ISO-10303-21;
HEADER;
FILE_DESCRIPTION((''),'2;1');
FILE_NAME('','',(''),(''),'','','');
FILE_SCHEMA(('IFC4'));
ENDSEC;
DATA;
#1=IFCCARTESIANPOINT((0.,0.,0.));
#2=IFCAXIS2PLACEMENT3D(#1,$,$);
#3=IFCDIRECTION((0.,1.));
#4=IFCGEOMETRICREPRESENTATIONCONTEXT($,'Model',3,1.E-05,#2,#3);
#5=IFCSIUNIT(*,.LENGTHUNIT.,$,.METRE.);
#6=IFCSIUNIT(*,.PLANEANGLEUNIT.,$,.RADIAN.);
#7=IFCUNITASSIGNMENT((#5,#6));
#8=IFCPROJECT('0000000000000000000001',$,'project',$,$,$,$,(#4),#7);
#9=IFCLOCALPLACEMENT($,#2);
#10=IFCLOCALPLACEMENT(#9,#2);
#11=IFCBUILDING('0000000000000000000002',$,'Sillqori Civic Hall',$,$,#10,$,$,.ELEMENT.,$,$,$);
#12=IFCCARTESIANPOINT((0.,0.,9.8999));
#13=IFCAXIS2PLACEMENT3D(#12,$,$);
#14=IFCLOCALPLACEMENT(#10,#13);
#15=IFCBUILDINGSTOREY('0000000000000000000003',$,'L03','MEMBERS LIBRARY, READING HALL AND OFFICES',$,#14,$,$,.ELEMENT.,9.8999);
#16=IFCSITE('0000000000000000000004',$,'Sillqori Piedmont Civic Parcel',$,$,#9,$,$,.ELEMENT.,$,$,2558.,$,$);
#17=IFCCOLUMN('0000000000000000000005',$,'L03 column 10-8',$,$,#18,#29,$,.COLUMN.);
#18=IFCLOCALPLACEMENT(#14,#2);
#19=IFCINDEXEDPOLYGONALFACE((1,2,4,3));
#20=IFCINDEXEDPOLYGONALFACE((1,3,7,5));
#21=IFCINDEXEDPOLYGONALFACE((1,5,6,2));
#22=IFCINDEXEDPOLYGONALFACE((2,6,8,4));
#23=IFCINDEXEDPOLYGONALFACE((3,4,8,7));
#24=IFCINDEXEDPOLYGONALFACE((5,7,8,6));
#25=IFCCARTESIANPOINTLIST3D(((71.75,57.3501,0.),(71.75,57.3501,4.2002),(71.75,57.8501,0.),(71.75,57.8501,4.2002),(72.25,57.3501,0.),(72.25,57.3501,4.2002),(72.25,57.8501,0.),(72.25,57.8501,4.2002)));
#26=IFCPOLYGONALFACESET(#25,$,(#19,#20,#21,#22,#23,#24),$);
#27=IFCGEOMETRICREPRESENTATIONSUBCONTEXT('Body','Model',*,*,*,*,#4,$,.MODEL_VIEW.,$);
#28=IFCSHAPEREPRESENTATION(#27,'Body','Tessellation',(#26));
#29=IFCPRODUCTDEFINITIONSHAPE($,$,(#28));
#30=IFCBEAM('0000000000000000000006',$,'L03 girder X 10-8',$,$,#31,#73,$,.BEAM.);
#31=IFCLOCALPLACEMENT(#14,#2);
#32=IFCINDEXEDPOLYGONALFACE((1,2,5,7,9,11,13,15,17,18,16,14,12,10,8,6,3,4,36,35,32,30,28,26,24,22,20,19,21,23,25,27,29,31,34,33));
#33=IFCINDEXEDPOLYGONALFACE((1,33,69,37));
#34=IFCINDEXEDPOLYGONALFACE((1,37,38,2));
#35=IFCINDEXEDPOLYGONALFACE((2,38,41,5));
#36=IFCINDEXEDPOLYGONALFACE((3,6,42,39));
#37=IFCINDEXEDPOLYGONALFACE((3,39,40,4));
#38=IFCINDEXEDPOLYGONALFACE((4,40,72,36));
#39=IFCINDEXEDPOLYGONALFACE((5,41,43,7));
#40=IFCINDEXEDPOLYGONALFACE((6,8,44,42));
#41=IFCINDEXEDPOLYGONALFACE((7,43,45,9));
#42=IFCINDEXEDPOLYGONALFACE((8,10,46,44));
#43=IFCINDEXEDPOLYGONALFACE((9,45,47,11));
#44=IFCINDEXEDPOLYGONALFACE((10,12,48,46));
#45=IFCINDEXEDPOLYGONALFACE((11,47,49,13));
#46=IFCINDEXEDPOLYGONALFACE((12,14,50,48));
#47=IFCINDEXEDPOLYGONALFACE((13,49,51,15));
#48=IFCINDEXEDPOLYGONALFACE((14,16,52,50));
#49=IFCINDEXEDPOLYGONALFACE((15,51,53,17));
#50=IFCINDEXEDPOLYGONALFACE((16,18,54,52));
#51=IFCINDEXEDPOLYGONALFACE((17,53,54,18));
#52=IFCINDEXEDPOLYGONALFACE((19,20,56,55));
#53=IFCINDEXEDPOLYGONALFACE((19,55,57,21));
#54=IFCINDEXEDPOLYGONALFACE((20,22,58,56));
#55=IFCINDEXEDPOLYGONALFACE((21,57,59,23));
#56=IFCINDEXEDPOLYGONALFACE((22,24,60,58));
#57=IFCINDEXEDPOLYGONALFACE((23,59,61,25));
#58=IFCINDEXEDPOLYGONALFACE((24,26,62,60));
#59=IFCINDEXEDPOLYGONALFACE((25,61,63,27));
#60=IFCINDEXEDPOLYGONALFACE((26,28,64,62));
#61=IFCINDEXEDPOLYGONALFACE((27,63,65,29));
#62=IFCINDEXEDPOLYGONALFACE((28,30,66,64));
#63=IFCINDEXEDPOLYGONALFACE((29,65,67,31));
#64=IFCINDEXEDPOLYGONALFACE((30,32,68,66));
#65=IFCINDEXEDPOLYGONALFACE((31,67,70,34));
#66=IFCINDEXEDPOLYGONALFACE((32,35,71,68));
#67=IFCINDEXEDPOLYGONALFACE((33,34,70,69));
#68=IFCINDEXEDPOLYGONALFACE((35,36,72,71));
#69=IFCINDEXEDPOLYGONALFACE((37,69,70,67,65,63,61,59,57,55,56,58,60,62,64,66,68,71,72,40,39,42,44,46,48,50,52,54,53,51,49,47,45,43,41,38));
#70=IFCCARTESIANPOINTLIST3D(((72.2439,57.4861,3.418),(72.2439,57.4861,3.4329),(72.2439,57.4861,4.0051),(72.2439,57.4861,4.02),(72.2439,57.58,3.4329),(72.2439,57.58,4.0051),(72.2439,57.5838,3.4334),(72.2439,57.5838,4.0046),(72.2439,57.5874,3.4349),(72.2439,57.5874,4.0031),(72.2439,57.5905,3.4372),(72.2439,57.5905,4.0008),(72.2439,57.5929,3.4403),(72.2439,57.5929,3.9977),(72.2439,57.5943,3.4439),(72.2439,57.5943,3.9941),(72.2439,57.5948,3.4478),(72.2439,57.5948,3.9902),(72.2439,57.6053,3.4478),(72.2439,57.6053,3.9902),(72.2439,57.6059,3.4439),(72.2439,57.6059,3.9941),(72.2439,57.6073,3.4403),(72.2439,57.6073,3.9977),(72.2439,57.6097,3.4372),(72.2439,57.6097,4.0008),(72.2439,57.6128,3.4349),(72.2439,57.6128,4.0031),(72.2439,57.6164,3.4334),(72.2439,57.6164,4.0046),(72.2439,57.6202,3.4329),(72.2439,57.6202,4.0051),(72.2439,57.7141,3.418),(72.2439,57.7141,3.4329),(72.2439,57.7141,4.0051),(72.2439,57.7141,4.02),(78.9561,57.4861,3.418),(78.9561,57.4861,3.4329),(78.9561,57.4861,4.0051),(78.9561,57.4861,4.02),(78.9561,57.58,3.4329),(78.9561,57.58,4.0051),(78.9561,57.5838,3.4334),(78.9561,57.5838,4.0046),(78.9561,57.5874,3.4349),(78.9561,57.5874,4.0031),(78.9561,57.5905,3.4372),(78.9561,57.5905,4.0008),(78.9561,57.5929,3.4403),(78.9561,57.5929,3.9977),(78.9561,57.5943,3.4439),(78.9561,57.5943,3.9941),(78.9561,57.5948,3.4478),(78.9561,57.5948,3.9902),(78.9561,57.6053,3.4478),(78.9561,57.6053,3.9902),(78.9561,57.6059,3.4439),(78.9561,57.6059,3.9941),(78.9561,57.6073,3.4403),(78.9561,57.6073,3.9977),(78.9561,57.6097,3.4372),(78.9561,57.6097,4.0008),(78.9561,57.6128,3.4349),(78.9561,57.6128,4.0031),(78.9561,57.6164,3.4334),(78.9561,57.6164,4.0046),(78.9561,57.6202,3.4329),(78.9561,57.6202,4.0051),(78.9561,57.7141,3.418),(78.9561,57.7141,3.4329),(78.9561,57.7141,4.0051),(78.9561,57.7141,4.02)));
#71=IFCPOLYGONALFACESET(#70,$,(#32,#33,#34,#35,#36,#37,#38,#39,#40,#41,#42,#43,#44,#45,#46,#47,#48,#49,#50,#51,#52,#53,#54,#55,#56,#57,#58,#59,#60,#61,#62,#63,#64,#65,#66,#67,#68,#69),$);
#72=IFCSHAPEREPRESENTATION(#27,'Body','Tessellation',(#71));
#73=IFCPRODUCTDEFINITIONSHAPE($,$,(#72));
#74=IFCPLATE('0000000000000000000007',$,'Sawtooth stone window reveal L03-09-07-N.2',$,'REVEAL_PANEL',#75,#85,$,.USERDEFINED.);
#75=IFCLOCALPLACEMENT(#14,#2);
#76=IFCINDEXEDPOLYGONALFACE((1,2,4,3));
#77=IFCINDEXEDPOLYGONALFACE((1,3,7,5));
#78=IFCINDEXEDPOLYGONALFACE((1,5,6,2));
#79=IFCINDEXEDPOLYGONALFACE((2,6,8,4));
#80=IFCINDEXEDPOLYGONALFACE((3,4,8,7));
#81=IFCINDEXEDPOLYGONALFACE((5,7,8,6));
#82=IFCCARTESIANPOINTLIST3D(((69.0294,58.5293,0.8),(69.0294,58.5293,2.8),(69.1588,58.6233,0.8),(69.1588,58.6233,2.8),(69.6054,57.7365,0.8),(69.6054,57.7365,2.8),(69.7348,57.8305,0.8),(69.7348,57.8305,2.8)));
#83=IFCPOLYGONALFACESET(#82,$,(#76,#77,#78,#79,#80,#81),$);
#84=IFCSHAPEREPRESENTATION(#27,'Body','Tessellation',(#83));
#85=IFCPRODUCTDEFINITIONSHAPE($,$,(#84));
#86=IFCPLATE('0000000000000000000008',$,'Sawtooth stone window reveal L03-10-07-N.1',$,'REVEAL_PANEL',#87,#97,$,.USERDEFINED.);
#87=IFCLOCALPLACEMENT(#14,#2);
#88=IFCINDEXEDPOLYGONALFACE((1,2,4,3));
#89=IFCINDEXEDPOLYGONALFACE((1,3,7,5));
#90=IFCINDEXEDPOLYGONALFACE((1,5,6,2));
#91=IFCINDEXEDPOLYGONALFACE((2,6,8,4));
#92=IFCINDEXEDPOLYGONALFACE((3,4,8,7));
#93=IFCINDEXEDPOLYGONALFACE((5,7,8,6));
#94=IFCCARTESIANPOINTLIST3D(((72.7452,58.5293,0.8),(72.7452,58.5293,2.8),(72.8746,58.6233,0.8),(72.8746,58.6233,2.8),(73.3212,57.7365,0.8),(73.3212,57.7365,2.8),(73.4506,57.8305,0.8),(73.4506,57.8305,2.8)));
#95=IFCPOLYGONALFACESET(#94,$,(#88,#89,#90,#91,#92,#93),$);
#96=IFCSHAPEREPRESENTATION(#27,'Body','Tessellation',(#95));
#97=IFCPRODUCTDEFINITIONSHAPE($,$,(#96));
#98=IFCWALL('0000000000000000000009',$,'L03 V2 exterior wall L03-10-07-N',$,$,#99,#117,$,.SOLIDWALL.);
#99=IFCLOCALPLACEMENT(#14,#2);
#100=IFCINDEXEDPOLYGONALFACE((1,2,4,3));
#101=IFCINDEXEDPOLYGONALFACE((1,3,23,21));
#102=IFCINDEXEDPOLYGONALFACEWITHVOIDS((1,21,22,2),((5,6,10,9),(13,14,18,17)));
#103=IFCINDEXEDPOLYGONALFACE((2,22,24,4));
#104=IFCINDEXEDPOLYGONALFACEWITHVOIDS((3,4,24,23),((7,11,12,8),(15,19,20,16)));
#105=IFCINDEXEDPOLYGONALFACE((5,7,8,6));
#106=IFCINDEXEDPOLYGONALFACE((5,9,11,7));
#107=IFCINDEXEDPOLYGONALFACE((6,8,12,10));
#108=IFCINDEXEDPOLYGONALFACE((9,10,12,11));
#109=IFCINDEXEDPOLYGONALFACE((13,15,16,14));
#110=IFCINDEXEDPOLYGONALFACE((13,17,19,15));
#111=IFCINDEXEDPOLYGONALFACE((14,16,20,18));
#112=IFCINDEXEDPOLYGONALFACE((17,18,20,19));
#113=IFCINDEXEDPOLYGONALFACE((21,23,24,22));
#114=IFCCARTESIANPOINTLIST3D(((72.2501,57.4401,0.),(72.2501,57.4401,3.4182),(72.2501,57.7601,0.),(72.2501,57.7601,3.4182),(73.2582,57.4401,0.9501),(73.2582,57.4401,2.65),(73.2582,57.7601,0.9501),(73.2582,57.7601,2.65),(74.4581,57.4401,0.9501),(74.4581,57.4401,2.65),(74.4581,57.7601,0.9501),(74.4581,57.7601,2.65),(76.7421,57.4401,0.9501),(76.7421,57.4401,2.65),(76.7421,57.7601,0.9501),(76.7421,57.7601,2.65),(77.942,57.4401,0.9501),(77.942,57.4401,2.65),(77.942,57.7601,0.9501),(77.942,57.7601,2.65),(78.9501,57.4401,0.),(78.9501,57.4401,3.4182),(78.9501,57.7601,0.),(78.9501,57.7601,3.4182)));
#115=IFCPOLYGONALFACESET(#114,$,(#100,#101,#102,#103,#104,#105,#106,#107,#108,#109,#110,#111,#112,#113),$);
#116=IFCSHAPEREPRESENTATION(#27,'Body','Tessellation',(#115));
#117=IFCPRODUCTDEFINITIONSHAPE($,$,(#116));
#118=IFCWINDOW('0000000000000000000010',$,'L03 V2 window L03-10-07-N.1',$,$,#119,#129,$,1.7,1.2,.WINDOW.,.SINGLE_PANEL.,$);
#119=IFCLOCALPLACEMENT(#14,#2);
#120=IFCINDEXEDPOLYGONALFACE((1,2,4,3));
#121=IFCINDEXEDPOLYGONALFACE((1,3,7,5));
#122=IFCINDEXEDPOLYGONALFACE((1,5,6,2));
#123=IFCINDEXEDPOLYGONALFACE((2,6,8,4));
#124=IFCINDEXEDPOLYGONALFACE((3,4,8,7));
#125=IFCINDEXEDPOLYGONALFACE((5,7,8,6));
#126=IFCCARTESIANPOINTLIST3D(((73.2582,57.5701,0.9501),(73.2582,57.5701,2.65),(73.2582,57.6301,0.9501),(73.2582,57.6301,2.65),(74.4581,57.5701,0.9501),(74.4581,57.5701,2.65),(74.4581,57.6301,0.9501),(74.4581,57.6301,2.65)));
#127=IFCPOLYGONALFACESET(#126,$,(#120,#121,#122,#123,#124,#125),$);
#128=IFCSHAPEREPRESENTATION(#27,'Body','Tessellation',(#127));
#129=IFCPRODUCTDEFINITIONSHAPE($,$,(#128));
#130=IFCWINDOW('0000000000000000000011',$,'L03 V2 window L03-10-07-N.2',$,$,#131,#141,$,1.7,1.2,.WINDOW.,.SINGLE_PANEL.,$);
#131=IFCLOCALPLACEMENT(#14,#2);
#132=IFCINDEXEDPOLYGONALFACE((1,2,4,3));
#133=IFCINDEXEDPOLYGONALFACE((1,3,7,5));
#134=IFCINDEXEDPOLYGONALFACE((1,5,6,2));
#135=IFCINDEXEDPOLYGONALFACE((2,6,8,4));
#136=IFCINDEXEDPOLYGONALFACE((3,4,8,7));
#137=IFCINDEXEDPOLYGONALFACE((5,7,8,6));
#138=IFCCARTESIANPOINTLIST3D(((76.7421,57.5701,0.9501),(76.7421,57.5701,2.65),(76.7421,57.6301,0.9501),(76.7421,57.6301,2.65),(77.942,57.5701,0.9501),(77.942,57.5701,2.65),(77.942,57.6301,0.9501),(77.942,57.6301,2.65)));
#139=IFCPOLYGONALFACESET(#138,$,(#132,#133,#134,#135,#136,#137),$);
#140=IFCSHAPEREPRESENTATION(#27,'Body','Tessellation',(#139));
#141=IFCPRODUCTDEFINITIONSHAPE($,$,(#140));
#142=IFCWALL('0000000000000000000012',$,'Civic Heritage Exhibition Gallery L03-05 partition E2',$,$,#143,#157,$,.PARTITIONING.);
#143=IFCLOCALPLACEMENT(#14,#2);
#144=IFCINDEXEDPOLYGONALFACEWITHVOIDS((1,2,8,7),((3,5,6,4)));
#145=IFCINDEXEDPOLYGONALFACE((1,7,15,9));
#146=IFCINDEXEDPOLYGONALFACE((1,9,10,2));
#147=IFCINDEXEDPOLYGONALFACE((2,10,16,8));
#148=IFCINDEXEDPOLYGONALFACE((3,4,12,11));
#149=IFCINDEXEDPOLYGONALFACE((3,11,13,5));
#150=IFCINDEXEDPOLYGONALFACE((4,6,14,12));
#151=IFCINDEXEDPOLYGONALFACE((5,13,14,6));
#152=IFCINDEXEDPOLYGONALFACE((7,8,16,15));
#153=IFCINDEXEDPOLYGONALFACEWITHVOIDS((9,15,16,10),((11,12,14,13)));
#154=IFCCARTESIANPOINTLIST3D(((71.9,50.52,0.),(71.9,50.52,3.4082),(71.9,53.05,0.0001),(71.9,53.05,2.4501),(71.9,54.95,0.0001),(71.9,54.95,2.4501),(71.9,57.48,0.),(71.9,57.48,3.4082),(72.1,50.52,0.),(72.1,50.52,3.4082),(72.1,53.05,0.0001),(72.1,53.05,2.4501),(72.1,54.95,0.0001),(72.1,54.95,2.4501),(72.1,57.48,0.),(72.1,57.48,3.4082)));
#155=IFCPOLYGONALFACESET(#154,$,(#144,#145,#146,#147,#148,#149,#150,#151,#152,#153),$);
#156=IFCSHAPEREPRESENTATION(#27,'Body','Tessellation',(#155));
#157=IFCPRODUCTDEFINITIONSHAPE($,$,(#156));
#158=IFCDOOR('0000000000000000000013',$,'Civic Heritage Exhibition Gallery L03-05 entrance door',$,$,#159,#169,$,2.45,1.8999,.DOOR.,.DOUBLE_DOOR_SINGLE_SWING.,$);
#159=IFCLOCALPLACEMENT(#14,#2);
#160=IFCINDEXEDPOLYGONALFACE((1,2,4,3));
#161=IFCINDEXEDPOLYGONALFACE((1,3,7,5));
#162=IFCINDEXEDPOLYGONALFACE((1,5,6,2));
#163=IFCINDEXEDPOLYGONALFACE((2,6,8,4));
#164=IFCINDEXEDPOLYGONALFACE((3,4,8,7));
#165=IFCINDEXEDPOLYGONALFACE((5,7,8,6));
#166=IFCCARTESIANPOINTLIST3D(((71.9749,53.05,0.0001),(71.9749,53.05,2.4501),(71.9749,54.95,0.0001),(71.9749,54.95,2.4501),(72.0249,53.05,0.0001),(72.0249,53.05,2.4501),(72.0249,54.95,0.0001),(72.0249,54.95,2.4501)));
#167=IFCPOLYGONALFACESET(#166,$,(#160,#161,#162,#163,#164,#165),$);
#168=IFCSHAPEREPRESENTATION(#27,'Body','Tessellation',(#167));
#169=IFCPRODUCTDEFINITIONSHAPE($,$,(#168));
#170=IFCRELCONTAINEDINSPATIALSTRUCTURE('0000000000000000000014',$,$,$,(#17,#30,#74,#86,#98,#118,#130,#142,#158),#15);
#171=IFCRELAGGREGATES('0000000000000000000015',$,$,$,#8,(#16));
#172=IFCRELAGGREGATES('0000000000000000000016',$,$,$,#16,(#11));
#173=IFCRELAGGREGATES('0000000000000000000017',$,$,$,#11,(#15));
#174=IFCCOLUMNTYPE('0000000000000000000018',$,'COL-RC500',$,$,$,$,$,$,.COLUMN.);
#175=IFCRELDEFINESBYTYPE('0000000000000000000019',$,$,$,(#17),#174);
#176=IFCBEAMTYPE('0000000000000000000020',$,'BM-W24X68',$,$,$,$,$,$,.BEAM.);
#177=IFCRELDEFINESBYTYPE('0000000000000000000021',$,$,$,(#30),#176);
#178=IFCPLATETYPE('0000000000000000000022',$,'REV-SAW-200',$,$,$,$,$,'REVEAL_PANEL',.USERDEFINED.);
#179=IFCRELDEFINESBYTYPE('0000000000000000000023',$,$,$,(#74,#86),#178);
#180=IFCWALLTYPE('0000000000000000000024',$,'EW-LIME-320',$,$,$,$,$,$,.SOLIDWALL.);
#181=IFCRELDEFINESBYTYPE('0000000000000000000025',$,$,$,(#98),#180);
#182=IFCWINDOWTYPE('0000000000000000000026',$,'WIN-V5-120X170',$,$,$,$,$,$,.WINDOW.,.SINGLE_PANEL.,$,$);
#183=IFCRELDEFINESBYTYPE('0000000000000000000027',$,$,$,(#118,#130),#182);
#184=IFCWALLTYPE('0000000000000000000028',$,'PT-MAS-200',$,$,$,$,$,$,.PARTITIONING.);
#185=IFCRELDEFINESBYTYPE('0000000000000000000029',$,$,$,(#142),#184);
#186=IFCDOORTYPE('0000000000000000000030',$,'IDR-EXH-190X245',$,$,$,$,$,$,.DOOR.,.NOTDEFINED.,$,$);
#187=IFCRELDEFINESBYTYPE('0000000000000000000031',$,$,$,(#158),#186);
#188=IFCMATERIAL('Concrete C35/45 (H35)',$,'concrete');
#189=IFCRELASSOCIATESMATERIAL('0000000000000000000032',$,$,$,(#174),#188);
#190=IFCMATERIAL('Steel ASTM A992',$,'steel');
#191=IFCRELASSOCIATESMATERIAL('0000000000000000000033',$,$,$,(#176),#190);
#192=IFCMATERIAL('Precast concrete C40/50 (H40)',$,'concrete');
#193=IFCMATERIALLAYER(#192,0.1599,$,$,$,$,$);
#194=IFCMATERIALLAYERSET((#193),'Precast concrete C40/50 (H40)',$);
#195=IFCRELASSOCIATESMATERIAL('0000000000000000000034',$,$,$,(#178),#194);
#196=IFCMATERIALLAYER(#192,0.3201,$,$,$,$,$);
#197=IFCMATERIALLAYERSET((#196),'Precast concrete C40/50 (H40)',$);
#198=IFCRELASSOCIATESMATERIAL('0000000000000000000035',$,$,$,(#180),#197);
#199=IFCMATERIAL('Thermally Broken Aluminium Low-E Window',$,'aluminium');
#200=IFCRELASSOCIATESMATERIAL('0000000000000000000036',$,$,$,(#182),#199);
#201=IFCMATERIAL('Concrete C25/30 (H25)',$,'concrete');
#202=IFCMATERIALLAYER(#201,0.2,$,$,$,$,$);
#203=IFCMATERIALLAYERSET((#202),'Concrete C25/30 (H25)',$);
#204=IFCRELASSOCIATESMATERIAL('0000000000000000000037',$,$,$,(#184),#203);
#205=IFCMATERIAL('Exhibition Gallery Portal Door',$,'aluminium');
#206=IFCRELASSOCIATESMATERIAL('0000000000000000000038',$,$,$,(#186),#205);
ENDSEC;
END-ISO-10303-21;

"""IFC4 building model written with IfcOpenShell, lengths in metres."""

from ifc_helpers import new_model, si_unit, direction, frame, frame_2d, origin, origin_2d, place, context, subcontext, project, spatial, rectangle, i_section, extrude, material, layer, layer_set, material_profile, profile_set, type_object, element, fill, save


model = new_model("IFC4")

# Units and contexts
model_context = context("Model", 3, precision=1e-05, world=origin(), true_north=direction((0.0, 1.0)))
body_context = subcontext(model_context, "Body", "Model", "MODEL_VIEW")
ifc_project = project(units=[si_unit("LENGTHUNIT", "METRE"), si_unit("PLANEANGLEUNIT", "RADIAN")], contexts=[model_context])

# Site, building, storey
site_placement = place(None, origin())
site = spatial("IfcSite", under=ifc_project, at=site_placement, Name="Sillqori Piedmont Civic Parcel", CompositionType="ELEMENT", RefElevation=2558.0)
building_placement = place(site_placement, origin())
building = spatial("IfcBuilding", under=site, at=building_placement, Name="Sillqori Civic Hall", CompositionType="ELEMENT")
storey_placement = place(building_placement, frame((0.0, 0.0, 9.8999)))
storey = spatial("IfcBuildingStorey", under=building, at=storey_placement, Name="L03", Description="MEMBERS LIBRARY, READING HALL AND OFFICES", CompositionType="ELEMENT", Elevation=9.8999)

# Column
ifc_material_1 = material(Name="Concrete C35/45 (H35)", Category="concrete")
ifc_material_profile_1 = material_profile(ifc_material_1, rectangle(XDim=0.5, YDim=0.5, at=origin_2d()), Name="RC 500x500")
ifc_profile_set_1 = profile_set([ifc_material_profile_1], Name="Concrete C35/45 (H35)")
column_type = type_object("IfcColumnType", Name="COL-RC500", PredefinedType="COLUMN", material=ifc_profile_set_1)
column_placement = place(storey_placement, frame((72.0, 57.6001, 0.0), z_axis=(0.0, 0.0, 1.0), x_axis=(1.0, 0.0, 0.0)))
element("IfcColumn", 1, at=column_placement, inside=storey, type_object=column_type, Name="L03 column 10-8", PredefinedType="COLUMN", context=body_context, shape_type="SweptSolid", body=[
    extrude(rectangle(XDim=0.5, YDim=0.5, at=origin_2d()), origin(), (0.0, 0.0, 1.0), 4.2002),
])

# Beam
ifc_material_2 = material(Name="Steel ASTM A992", Category="steel")
ifc_material_profile_2 = material_profile(ifc_material_2, i_section(OverallWidth=0.228, OverallDepth=0.6021, WebThickness=0.0105, FlangeThickness=0.0149, FilletRadius=0.0149, at=origin_2d()), Name="W24X68")
ifc_profile_set_2 = profile_set([ifc_material_profile_2], Name="Steel ASTM A992")
beam_type = type_object("IfcBeamType", Name="BM-W24X68", PredefinedType="BEAM", material=ifc_profile_set_2)
beam_placement = place(storey_placement, frame((72.2439, 57.6001, 3.719), z_axis=(1.0, 0.0, 0.0), x_axis=(0.0, 1.0, 0.0)))
element("IfcBeam", 2, at=beam_placement, inside=storey, type_object=beam_type, Name="L03 girder X 10-8", PredefinedType="BEAM", context=body_context, shape_type="SweptSolid", body=[
    extrude(i_section(OverallWidth=0.228, OverallDepth=0.6021, WebThickness=0.0105, FlangeThickness=0.0149, FilletRadius=0.0149, at=origin_2d()), origin(), (0.0, 0.0, 1.0), 6.7122),
])

# Plates
ifc_material_3 = material(Name="Precast concrete C40/50 (H40)", Category="concrete")
ifc_layer_1 = layer(ifc_material_3, 0.1599)
ifc_layer_set_1 = layer_set([ifc_layer_1], Name="Precast concrete C40/50 (H40)")
plate_type = type_object("IfcPlateType", Name="REV-SAW-200", ElementType="REVEAL_PANEL", PredefinedType="USERDEFINED", material=ifc_layer_set_1)
for number, where, z_axis, x_axis, name in (
    (3, (69.3821, 58.1799, 0.8), (0.0, 0.0, 1.0), (0.809017, 0.587785, 0.0), "Sawtooth stone window reveal L03-09-07-N.2"),
    (4, (73.0979, 58.1799, 0.8), (0.0, 0.0, 1.0), (0.809017, 0.587785, 0.0), "Sawtooth stone window reveal L03-10-07-N.1"),
):
    element("IfcPlate", number, at=place(storey_placement, frame(where, z_axis=z_axis, x_axis=x_axis)), inside=storey, type_object=plate_type, Name=name, ObjectType="REVEAL_PANEL", PredefinedType="USERDEFINED", context=body_context, shape_type="SweptSolid", body=[
        extrude(rectangle(XDim=0.1599, YDim=0.98, at=origin_2d()), origin(), (0.0, 0.0, 1.0), 2.0),
    ])

# Wall, openings, windows
ifc_layer_2 = layer(ifc_material_3, 0.3201)
ifc_layer_set_2 = layer_set([ifc_layer_2], Name="Precast concrete C40/50 (H40)")
wall_type_1 = type_object("IfcWallType", Name="EW-LIME-320", PredefinedType="SOLIDWALL", material=ifc_layer_set_2)
wall_1_placement = place(storey_placement, frame((72.25, 57.6001, 0.0), z_axis=(0.0, 0.0, 1.0), x_axis=(1.0, 0.0, 0.0)))
wall_1 = element("IfcWall", 5, at=wall_1_placement, inside=storey, type_object=wall_type_1, Name="L03 V2 exterior wall L03-10-07-N", PredefinedType="SOLIDWALL", context=body_context, shape_type="SweptSolid", body=[
    extrude(rectangle(XDim=6.7, YDim=0.3201, at=frame_2d((3.3501, 0.0))), origin(), (0.0, 0.0, 1.0), 3.4182),
])
opening_1_placement = place(wall_1_placement, frame((1.0081, 0.0, 0.95)))
opening_1 = element("IfcOpeningElement", 6, at=opening_1_placement, cuts=wall_1, PredefinedType="OPENING", context=body_context, shape_type="SweptSolid", body=[
    extrude(rectangle(XDim=1.2, YDim=1.7, at=frame_2d((0.6001, 0.8501))), frame((0.0, 0.1699, 0.0), z_axis=(0.0, -1.0, 0.0), x_axis=(1.0, 0.0, 0.0)), (0.0, 0.0, 1.0), 0.3401),
])
opening_2_placement = place(wall_1_placement, frame((4.4919, 0.0, 0.95)))
opening_2 = element("IfcOpeningElement", 7, at=opening_2_placement, cuts=wall_1, PredefinedType="OPENING", context=body_context, shape_type="SweptSolid", body=[
    extrude(rectangle(XDim=1.2, YDim=1.7, at=frame_2d((0.6001, 0.8501))), frame((0.0, 0.1699, 0.0), z_axis=(0.0, -1.0, 0.0), x_axis=(1.0, 0.0, 0.0)), (0.0, 0.0, 1.0), 0.3401),
])
ifc_material_4 = material(Name="Thermally Broken Aluminium Low-E Window", Category="aluminium")
window_type = type_object("IfcWindowType", Name="WIN-V5-120X170", PartitioningType="SINGLE_PANEL", PredefinedType="WINDOW", material=ifc_material_4)
window_1_placement = place(opening_1_placement, origin())
window_1 = element("IfcWindow", 8, at=window_1_placement, inside=storey, type_object=window_type, Name="L03 V2 window L03-10-07-N.1", OverallHeight=1.7, OverallWidth=1.2, PartitioningType="SINGLE_PANEL", PredefinedType="WINDOW", context=body_context, shape_type="SweptSolid", body=[
    extrude(rectangle(XDim=1.2, YDim=1.7, at=frame_2d((0.6001, 0.8501))), frame((0.0, 0.03, 0.0), z_axis=(0.0, -1.0, 0.0), x_axis=(1.0, 0.0, 0.0)), (0.0, 0.0, 1.0), 0.0601),
])
fill(opening_1, window_1)
window_2_placement = place(opening_2_placement, origin())
window_2 = element("IfcWindow", 9, at=window_2_placement, inside=storey, type_object=window_type, Name="L03 V2 window L03-10-07-N.2", OverallHeight=1.7, OverallWidth=1.2, PartitioningType="SINGLE_PANEL", PredefinedType="WINDOW", context=body_context, shape_type="SweptSolid", body=[
    extrude(rectangle(XDim=1.2, YDim=1.7, at=frame_2d((0.6001, 0.8501))), frame((0.0, 0.03, 0.0), z_axis=(0.0, -1.0, 0.0), x_axis=(1.0, 0.0, 0.0)), (0.0, 0.0, 1.0), 0.0601),
])
fill(opening_2, window_2)

# Wall, opening, door
ifc_material_5 = material(Name="Concrete C25/30 (H25)", Category="concrete")
ifc_layer_3 = layer(ifc_material_5, 0.2)
ifc_layer_set_3 = layer_set([ifc_layer_3], Name="Concrete C25/30 (H25)")
wall_type_2 = type_object("IfcWallType", Name="PT-MAS-200", PredefinedType="PARTITIONING", material=ifc_layer_set_3)
wall_2_placement = place(storey_placement, frame((72.0, 57.48, 0.0), z_axis=(0.0, 0.0, 1.0), x_axis=(0.0, -1.0, 0.0)))
wall_2 = element("IfcWall", 10, at=wall_2_placement, inside=storey, type_object=wall_type_2, Name="Civic Heritage Exhibition Gallery L03-05 partition E2", PredefinedType="PARTITIONING", context=body_context, shape_type="SweptSolid", body=[
    extrude(rectangle(XDim=6.96, YDim=0.2, at=frame_2d((3.48, 0.0))), origin(), (0.0, 0.0, 1.0), 3.4082),
])
opening_3_placement = place(wall_2_placement, frame((2.53, 0.0, 0.0)))
opening_3 = element("IfcOpeningElement", 11, at=opening_3_placement, cuts=wall_2, PredefinedType="OPENING", context=body_context, shape_type="SweptSolid", body=[
    extrude(rectangle(XDim=1.8999, YDim=2.45, at=frame_2d((0.95, 1.2251))), frame((0.0, 0.1099, 0.0), z_axis=(0.0, -1.0, 0.0), x_axis=(1.0, 0.0, 0.0)), (0.0, 0.0, 1.0), 0.22),
])
ifc_material_6 = material(Name="Exhibition Gallery Portal Door", Category="aluminium")
door_type = type_object("IfcDoorType", Name="IDR-EXH-190X245", OperationType="NOTDEFINED", PredefinedType="DOOR", material=ifc_material_6)
door_placement = place(opening_3_placement, origin())
door = element("IfcDoor", 12, at=door_placement, inside=storey, type_object=door_type, Name="Civic Heritage Exhibition Gallery L03-05 entrance door", OperationType="DOUBLE_DOOR_SINGLE_SWING", OverallHeight=2.45, OverallWidth=1.8999, PredefinedType="DOOR", context=body_context, shape_type="SweptSolid", body=[
    extrude(rectangle(XDim=1.8999, YDim=2.45, at=frame_2d((0.95, 1.2251))), frame((0.0, 0.0249, 0.0), z_axis=(0.0, -1.0, 0.0), x_axis=(1.0, 0.0, 0.0)), (0.0, 0.0, 1.0), 0.05),
])
fill(opening_3, door)

save(model, "model.ifc")
